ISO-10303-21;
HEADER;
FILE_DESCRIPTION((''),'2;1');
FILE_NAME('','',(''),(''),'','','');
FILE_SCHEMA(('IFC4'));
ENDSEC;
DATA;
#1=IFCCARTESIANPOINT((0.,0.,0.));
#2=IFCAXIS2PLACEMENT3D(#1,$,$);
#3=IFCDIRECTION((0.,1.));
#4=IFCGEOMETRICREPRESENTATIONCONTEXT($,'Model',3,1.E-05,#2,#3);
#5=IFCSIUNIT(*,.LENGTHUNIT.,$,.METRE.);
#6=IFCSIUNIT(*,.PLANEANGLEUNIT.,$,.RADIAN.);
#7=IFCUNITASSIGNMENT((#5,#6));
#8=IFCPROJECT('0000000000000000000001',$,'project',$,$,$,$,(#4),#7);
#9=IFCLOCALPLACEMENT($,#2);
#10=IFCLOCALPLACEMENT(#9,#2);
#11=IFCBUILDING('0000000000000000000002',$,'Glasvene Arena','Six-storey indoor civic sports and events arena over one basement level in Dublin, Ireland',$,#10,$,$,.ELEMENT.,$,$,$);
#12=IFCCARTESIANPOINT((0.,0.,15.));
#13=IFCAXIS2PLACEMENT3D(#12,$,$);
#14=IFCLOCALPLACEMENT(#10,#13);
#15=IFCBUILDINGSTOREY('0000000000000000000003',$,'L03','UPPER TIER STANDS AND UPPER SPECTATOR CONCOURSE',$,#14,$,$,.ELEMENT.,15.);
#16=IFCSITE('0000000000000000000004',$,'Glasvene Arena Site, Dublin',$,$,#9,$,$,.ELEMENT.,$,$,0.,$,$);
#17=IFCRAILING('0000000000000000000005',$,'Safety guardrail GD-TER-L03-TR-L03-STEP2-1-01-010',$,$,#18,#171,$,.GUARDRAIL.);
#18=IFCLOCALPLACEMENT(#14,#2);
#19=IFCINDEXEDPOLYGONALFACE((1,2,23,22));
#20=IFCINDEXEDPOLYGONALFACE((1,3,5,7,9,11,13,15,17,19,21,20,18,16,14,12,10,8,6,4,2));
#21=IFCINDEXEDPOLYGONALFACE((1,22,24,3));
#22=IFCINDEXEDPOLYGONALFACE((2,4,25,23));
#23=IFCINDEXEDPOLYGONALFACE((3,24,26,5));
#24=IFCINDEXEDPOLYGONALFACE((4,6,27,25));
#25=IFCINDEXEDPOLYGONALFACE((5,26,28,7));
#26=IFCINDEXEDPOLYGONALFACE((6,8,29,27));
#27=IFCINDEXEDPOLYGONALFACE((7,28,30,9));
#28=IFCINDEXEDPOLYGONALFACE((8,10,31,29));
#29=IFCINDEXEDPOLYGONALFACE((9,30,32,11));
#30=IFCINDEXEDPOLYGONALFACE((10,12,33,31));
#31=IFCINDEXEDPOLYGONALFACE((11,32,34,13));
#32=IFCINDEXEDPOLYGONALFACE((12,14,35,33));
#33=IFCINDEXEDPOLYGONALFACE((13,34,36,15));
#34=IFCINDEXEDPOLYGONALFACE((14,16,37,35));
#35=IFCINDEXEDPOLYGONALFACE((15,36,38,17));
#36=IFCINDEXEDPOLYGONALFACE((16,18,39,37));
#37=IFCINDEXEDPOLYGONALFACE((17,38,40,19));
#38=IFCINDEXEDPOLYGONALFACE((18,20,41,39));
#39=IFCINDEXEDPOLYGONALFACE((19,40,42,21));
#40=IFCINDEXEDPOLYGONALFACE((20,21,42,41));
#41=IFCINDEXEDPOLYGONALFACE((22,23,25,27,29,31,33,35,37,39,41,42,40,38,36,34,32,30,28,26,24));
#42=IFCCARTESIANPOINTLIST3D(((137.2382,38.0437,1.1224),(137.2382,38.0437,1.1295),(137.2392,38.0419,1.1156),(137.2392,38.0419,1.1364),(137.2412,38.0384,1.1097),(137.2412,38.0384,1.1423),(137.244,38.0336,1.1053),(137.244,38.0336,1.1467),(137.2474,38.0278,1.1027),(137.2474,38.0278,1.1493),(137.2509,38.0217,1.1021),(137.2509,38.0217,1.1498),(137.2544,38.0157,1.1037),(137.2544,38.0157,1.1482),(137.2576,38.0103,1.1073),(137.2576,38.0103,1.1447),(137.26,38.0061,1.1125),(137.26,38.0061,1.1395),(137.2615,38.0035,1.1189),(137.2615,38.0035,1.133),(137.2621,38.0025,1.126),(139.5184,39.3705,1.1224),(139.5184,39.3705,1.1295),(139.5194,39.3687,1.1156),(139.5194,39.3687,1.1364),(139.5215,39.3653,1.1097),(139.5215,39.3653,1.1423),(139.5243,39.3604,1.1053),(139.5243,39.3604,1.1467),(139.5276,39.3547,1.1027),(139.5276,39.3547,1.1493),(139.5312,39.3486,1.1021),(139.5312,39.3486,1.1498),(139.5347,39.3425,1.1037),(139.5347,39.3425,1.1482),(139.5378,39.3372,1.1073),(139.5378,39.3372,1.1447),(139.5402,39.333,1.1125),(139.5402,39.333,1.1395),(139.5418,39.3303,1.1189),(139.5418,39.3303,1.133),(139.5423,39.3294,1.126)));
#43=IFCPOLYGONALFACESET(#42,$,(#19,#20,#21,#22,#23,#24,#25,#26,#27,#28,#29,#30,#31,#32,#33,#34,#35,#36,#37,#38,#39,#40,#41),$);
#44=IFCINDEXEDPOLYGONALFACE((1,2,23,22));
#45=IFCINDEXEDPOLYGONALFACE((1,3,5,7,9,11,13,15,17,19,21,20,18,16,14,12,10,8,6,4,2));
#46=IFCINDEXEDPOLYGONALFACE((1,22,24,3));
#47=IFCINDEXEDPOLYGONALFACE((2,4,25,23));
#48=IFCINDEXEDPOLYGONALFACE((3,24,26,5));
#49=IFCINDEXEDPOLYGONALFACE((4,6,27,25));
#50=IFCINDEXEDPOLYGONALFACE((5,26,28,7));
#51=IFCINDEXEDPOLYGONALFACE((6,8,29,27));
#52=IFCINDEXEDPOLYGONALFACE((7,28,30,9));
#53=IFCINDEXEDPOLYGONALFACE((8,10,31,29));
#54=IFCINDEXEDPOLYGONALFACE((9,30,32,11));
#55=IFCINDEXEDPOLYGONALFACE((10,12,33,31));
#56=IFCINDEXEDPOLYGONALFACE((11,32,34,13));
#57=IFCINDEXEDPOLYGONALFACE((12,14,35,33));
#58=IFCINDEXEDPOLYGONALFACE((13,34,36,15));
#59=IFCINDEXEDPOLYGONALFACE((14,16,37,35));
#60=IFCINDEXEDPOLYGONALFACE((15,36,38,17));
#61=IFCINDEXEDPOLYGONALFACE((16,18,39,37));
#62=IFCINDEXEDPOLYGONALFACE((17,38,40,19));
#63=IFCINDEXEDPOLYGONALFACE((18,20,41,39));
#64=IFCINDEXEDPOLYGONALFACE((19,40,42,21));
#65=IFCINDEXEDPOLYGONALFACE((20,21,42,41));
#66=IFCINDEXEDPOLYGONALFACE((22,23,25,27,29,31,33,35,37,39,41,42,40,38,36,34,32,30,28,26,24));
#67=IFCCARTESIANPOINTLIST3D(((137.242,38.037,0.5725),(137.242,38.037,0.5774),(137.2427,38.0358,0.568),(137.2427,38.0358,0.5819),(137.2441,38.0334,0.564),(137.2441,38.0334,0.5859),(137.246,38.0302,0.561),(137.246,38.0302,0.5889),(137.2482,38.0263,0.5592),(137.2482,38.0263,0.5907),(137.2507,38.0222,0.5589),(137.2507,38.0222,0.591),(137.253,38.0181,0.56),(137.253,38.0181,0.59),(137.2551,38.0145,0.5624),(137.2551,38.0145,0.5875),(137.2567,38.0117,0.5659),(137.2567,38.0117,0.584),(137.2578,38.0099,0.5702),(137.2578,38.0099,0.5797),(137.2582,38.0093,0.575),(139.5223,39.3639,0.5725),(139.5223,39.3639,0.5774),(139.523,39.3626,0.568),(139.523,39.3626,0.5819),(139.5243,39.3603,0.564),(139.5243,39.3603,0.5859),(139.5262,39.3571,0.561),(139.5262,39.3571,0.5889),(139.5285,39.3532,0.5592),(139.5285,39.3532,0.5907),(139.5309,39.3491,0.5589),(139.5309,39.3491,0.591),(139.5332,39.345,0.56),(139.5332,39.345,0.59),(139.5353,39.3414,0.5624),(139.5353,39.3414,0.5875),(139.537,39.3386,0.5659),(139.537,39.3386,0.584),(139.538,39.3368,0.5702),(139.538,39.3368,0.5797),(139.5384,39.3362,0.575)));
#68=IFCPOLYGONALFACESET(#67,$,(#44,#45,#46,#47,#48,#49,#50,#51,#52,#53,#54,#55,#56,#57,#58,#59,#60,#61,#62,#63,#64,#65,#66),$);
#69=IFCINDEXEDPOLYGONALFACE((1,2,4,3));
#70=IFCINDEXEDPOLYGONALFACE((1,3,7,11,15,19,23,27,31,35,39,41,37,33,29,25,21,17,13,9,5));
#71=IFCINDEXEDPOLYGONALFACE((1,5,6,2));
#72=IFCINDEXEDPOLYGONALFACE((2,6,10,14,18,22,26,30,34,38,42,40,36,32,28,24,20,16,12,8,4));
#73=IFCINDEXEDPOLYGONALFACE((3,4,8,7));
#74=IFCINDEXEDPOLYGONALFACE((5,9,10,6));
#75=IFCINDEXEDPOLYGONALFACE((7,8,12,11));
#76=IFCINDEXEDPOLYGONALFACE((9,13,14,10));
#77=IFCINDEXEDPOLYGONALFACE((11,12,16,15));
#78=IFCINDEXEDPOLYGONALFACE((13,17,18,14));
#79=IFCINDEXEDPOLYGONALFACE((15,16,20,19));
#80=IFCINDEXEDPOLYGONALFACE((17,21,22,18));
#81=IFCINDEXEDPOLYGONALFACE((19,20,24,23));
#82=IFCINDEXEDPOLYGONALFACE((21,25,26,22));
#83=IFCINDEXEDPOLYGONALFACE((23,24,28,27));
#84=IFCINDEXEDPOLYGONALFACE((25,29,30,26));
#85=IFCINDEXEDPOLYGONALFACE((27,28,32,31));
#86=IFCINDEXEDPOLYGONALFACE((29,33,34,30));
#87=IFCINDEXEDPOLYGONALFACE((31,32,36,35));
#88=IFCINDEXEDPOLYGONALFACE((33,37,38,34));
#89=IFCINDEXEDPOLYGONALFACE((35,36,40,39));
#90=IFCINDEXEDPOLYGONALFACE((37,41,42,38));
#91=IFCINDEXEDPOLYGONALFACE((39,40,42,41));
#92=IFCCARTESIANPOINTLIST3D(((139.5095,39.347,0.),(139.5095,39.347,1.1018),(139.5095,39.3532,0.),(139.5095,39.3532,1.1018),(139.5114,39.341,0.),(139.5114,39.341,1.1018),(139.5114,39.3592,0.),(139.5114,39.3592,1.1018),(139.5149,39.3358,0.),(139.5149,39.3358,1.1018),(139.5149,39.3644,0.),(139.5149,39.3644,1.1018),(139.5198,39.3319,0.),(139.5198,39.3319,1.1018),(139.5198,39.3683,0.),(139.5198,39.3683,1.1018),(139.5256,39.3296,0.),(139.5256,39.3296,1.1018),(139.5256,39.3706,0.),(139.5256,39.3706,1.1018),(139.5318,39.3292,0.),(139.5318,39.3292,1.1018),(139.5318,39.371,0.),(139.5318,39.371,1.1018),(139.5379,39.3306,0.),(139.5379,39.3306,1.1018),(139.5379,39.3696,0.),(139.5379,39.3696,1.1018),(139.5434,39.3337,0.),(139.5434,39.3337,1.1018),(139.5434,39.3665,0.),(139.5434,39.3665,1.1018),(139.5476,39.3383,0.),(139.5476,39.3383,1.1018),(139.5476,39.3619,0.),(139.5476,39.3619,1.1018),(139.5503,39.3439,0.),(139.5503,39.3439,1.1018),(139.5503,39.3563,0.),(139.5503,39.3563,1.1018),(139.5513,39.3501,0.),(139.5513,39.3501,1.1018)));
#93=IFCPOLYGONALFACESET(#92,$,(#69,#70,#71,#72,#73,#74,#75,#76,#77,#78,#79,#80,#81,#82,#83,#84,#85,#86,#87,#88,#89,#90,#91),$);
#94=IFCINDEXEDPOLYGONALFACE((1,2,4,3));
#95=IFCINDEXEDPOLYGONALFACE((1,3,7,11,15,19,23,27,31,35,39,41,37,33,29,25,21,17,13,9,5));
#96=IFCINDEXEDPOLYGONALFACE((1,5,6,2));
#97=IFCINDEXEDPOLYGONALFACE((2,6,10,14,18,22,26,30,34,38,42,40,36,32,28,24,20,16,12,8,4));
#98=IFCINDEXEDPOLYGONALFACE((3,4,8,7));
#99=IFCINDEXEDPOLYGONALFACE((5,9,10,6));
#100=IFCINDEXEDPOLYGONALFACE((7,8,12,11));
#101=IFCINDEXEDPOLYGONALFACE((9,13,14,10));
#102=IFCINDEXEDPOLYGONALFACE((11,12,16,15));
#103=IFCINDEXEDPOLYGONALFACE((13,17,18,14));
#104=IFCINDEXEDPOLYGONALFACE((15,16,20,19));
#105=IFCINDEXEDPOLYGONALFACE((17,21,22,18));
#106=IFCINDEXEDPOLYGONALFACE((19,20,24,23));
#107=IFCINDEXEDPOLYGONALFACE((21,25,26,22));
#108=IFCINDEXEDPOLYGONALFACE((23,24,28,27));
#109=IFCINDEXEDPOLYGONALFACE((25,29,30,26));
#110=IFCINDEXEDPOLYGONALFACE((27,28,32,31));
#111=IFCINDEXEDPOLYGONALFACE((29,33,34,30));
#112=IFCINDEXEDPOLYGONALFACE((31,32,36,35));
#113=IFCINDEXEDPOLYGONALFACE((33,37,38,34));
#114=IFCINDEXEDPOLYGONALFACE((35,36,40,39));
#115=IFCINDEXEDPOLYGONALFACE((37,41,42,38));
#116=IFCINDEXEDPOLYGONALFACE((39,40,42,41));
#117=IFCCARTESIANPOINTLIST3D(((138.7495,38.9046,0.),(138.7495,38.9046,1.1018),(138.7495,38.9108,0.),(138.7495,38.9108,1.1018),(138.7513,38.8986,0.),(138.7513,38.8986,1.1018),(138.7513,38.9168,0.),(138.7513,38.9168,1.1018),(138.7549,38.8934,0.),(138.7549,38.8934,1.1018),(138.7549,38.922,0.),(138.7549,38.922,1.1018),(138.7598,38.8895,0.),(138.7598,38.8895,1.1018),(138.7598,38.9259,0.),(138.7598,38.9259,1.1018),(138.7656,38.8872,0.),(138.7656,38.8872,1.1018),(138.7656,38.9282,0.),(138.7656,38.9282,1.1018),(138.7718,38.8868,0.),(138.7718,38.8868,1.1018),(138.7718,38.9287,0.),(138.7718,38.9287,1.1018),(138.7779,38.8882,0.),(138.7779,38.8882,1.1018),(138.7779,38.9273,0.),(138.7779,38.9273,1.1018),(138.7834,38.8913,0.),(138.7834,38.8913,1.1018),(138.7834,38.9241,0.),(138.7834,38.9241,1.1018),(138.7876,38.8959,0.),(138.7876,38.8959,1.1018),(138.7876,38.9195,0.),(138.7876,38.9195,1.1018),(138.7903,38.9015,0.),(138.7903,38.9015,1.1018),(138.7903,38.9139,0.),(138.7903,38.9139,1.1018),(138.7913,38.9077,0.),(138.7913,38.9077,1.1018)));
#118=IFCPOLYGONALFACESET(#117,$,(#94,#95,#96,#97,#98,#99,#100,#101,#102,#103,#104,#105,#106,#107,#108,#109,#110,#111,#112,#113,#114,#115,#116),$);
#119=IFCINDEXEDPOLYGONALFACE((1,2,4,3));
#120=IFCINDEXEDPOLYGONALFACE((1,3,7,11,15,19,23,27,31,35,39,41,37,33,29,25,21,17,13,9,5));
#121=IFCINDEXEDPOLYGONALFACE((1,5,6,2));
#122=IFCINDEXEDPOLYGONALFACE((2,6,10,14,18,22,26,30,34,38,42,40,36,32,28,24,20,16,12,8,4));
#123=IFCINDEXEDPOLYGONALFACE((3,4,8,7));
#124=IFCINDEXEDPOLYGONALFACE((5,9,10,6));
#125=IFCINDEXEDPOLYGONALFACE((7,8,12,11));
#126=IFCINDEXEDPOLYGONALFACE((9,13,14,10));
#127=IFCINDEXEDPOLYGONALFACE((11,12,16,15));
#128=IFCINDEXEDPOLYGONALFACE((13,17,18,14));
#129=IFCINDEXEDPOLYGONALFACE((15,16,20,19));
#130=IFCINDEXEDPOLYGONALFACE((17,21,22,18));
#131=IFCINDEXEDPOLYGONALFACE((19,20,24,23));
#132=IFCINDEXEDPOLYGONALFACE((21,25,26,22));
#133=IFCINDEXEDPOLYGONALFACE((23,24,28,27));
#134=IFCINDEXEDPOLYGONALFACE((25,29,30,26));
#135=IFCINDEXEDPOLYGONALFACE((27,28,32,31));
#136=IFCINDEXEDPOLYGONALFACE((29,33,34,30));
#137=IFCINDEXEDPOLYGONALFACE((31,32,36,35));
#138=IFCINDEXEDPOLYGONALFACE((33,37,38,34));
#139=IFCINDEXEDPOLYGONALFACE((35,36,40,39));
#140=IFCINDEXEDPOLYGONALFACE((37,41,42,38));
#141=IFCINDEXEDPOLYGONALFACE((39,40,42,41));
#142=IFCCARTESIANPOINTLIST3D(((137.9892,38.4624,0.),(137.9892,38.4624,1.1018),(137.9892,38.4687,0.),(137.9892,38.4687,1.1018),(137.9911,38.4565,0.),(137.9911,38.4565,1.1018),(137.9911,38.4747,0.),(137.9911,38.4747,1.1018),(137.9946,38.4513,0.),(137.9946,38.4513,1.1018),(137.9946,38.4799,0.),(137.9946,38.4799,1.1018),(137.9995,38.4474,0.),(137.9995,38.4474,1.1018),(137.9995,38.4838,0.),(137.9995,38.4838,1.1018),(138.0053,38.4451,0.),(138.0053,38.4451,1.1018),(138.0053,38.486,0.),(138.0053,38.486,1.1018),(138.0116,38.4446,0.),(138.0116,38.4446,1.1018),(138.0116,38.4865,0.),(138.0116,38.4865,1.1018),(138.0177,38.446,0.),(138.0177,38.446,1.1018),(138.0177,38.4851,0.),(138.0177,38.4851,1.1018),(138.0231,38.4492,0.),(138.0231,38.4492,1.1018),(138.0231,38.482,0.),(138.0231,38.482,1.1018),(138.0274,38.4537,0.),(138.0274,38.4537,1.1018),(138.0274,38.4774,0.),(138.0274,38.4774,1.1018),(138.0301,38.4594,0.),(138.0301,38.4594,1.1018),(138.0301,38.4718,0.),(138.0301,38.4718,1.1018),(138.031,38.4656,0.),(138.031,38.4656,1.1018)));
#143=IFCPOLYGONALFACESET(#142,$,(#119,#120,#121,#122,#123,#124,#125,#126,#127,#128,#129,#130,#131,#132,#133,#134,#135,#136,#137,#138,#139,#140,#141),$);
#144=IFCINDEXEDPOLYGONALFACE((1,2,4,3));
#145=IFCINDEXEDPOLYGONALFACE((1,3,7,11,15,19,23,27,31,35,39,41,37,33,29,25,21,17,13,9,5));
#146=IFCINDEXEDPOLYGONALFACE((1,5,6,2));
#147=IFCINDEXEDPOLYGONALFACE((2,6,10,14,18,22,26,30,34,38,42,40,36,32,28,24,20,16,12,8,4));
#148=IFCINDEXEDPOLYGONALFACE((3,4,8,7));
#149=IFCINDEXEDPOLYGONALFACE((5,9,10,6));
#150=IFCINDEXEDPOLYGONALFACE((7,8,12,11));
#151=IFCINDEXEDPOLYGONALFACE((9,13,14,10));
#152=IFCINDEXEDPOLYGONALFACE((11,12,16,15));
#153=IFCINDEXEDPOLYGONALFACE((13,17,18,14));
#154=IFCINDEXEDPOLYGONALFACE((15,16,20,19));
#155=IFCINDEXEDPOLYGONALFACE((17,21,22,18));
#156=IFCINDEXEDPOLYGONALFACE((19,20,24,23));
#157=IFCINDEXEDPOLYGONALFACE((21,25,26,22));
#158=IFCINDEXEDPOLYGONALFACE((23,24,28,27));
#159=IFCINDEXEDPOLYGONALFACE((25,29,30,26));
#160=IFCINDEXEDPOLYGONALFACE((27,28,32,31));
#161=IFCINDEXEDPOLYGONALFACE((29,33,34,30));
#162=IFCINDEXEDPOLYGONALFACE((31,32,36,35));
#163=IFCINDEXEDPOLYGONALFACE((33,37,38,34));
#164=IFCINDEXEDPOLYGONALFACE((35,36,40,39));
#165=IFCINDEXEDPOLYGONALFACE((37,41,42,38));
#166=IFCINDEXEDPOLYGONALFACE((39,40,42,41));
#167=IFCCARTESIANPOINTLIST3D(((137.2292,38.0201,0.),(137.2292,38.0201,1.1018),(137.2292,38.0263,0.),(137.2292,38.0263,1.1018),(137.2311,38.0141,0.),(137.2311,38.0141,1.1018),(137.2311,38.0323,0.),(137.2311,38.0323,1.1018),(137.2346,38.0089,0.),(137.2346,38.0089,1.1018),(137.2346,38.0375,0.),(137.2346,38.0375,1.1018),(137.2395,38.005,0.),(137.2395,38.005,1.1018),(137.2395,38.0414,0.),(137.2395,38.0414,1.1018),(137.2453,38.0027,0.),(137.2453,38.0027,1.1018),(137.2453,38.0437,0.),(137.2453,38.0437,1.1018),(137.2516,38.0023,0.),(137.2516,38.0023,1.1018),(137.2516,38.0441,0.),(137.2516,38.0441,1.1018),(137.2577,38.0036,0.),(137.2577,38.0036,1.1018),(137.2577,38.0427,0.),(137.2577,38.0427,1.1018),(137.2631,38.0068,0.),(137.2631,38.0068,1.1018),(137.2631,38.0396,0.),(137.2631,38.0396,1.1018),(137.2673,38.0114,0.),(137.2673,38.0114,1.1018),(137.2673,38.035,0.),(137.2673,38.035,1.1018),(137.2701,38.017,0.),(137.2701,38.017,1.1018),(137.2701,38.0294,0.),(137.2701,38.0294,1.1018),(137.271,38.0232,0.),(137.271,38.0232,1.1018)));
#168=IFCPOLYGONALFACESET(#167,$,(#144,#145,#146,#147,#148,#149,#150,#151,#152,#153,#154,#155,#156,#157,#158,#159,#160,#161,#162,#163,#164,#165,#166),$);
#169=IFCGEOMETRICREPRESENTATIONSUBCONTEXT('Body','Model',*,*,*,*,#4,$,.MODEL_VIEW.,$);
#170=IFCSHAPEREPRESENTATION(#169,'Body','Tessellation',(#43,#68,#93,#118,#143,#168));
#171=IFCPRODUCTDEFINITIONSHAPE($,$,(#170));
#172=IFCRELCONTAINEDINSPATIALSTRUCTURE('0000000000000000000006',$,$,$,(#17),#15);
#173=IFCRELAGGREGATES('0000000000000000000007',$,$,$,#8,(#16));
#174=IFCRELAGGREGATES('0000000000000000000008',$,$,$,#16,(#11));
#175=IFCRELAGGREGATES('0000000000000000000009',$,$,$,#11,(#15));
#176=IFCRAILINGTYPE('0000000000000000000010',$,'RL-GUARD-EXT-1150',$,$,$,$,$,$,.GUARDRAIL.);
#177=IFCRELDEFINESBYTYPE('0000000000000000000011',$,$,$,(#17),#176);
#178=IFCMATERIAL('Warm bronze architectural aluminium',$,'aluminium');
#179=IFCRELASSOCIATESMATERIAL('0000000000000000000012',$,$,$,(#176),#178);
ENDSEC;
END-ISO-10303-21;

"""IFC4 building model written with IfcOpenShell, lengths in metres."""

from ifc_helpers import new_model, si_unit, direction, frame, origin, origin_2d, place, context, subcontext, project, spatial, circle, extrude, material, type_object, element, save


model = new_model("IFC4")

# Units and contexts
model_context = context("Model", 3, precision=1e-05, world=origin(), true_north=direction((0.0, 1.0)))
body_context = subcontext(model_context, "Body", "Model", "MODEL_VIEW")
ifc_project = project(units=[si_unit("LENGTHUNIT", "METRE"), si_unit("PLANEANGLEUNIT", "RADIAN")], contexts=[model_context])

# Site, building, storey
site_placement = place(None, origin())
site = spatial("IfcSite", under=ifc_project, at=site_placement, Name="Glasvene Arena Site, Dublin", CompositionType="ELEMENT", RefElevation=0.0)
building_placement = place(site_placement, origin())
building = spatial("IfcBuilding", under=site, at=building_placement, Name="Glasvene Arena", Description="Six-storey indoor civic sports and events arena over one basement level in Dublin, Ireland", CompositionType="ELEMENT")
storey_placement = place(building_placement, frame((0.0, 0.0, 15.0)))
storey = spatial("IfcBuildingStorey", under=building, at=storey_placement, Name="L03", Description="UPPER TIER STANDS AND UPPER SPECTATOR CONCOURSE", CompositionType="ELEMENT", Elevation=15.0)

# Railing
ifc_material_1 = material(Name="Warm bronze architectural aluminium", Category="aluminium")
railing_type = type_object("IfcRailingType", Name="RL-GUARD-EXT-1150", PredefinedType="GUARDRAIL", material=ifc_material_1)
railing_1_placement = place(storey_placement, frame((139.5303, 39.3501, 0.0)))
element("IfcRailing", 1, at=railing_1_placement, inside=storey, type_object=railing_type, Name="Safety guardrail GD-TER-L03-TR-L03-STEP2-1-01-010", PredefinedType="GUARDRAIL", context=body_context, shape_type="SweptSolid", body=[
    extrude(circle(Radius=0.0239, at=origin_2d()), frame((0.0, 0.0, 1.126), z_axis=(-0.864315, -0.50295, 0.0), x_axis=(0.50295, -0.864315, 0.0)), (0.0, 0.0, 1.0), 2.6382),
    extrude(circle(Radius=0.0161, at=origin_2d()), frame((0.0, 0.0, 0.575), z_axis=(-0.864315, -0.50295, 0.0), x_axis=(0.50295, -0.864315, 0.0)), (0.0, 0.0, 1.0), 2.6382),
    extrude(circle(Radius=0.021, at=origin_2d()), origin(), (0.0, 0.0, 1.0), 1.1018),
    extrude(circle(Radius=0.021, at=origin_2d()), frame((-0.76, -0.4424, 0.0)), (0.0, 0.0, 1.0), 1.1018),
    extrude(circle(Radius=0.021, at=origin_2d()), frame((-1.5203, -0.8845, 0.0)), (0.0, 0.0, 1.0), 1.1018),
    extrude(circle(Radius=0.021, at=origin_2d()), frame((-2.2803, -1.3269, 0.0)), (0.0, 0.0, 1.0), 1.1018),
])

save(model, "model.ifc")
